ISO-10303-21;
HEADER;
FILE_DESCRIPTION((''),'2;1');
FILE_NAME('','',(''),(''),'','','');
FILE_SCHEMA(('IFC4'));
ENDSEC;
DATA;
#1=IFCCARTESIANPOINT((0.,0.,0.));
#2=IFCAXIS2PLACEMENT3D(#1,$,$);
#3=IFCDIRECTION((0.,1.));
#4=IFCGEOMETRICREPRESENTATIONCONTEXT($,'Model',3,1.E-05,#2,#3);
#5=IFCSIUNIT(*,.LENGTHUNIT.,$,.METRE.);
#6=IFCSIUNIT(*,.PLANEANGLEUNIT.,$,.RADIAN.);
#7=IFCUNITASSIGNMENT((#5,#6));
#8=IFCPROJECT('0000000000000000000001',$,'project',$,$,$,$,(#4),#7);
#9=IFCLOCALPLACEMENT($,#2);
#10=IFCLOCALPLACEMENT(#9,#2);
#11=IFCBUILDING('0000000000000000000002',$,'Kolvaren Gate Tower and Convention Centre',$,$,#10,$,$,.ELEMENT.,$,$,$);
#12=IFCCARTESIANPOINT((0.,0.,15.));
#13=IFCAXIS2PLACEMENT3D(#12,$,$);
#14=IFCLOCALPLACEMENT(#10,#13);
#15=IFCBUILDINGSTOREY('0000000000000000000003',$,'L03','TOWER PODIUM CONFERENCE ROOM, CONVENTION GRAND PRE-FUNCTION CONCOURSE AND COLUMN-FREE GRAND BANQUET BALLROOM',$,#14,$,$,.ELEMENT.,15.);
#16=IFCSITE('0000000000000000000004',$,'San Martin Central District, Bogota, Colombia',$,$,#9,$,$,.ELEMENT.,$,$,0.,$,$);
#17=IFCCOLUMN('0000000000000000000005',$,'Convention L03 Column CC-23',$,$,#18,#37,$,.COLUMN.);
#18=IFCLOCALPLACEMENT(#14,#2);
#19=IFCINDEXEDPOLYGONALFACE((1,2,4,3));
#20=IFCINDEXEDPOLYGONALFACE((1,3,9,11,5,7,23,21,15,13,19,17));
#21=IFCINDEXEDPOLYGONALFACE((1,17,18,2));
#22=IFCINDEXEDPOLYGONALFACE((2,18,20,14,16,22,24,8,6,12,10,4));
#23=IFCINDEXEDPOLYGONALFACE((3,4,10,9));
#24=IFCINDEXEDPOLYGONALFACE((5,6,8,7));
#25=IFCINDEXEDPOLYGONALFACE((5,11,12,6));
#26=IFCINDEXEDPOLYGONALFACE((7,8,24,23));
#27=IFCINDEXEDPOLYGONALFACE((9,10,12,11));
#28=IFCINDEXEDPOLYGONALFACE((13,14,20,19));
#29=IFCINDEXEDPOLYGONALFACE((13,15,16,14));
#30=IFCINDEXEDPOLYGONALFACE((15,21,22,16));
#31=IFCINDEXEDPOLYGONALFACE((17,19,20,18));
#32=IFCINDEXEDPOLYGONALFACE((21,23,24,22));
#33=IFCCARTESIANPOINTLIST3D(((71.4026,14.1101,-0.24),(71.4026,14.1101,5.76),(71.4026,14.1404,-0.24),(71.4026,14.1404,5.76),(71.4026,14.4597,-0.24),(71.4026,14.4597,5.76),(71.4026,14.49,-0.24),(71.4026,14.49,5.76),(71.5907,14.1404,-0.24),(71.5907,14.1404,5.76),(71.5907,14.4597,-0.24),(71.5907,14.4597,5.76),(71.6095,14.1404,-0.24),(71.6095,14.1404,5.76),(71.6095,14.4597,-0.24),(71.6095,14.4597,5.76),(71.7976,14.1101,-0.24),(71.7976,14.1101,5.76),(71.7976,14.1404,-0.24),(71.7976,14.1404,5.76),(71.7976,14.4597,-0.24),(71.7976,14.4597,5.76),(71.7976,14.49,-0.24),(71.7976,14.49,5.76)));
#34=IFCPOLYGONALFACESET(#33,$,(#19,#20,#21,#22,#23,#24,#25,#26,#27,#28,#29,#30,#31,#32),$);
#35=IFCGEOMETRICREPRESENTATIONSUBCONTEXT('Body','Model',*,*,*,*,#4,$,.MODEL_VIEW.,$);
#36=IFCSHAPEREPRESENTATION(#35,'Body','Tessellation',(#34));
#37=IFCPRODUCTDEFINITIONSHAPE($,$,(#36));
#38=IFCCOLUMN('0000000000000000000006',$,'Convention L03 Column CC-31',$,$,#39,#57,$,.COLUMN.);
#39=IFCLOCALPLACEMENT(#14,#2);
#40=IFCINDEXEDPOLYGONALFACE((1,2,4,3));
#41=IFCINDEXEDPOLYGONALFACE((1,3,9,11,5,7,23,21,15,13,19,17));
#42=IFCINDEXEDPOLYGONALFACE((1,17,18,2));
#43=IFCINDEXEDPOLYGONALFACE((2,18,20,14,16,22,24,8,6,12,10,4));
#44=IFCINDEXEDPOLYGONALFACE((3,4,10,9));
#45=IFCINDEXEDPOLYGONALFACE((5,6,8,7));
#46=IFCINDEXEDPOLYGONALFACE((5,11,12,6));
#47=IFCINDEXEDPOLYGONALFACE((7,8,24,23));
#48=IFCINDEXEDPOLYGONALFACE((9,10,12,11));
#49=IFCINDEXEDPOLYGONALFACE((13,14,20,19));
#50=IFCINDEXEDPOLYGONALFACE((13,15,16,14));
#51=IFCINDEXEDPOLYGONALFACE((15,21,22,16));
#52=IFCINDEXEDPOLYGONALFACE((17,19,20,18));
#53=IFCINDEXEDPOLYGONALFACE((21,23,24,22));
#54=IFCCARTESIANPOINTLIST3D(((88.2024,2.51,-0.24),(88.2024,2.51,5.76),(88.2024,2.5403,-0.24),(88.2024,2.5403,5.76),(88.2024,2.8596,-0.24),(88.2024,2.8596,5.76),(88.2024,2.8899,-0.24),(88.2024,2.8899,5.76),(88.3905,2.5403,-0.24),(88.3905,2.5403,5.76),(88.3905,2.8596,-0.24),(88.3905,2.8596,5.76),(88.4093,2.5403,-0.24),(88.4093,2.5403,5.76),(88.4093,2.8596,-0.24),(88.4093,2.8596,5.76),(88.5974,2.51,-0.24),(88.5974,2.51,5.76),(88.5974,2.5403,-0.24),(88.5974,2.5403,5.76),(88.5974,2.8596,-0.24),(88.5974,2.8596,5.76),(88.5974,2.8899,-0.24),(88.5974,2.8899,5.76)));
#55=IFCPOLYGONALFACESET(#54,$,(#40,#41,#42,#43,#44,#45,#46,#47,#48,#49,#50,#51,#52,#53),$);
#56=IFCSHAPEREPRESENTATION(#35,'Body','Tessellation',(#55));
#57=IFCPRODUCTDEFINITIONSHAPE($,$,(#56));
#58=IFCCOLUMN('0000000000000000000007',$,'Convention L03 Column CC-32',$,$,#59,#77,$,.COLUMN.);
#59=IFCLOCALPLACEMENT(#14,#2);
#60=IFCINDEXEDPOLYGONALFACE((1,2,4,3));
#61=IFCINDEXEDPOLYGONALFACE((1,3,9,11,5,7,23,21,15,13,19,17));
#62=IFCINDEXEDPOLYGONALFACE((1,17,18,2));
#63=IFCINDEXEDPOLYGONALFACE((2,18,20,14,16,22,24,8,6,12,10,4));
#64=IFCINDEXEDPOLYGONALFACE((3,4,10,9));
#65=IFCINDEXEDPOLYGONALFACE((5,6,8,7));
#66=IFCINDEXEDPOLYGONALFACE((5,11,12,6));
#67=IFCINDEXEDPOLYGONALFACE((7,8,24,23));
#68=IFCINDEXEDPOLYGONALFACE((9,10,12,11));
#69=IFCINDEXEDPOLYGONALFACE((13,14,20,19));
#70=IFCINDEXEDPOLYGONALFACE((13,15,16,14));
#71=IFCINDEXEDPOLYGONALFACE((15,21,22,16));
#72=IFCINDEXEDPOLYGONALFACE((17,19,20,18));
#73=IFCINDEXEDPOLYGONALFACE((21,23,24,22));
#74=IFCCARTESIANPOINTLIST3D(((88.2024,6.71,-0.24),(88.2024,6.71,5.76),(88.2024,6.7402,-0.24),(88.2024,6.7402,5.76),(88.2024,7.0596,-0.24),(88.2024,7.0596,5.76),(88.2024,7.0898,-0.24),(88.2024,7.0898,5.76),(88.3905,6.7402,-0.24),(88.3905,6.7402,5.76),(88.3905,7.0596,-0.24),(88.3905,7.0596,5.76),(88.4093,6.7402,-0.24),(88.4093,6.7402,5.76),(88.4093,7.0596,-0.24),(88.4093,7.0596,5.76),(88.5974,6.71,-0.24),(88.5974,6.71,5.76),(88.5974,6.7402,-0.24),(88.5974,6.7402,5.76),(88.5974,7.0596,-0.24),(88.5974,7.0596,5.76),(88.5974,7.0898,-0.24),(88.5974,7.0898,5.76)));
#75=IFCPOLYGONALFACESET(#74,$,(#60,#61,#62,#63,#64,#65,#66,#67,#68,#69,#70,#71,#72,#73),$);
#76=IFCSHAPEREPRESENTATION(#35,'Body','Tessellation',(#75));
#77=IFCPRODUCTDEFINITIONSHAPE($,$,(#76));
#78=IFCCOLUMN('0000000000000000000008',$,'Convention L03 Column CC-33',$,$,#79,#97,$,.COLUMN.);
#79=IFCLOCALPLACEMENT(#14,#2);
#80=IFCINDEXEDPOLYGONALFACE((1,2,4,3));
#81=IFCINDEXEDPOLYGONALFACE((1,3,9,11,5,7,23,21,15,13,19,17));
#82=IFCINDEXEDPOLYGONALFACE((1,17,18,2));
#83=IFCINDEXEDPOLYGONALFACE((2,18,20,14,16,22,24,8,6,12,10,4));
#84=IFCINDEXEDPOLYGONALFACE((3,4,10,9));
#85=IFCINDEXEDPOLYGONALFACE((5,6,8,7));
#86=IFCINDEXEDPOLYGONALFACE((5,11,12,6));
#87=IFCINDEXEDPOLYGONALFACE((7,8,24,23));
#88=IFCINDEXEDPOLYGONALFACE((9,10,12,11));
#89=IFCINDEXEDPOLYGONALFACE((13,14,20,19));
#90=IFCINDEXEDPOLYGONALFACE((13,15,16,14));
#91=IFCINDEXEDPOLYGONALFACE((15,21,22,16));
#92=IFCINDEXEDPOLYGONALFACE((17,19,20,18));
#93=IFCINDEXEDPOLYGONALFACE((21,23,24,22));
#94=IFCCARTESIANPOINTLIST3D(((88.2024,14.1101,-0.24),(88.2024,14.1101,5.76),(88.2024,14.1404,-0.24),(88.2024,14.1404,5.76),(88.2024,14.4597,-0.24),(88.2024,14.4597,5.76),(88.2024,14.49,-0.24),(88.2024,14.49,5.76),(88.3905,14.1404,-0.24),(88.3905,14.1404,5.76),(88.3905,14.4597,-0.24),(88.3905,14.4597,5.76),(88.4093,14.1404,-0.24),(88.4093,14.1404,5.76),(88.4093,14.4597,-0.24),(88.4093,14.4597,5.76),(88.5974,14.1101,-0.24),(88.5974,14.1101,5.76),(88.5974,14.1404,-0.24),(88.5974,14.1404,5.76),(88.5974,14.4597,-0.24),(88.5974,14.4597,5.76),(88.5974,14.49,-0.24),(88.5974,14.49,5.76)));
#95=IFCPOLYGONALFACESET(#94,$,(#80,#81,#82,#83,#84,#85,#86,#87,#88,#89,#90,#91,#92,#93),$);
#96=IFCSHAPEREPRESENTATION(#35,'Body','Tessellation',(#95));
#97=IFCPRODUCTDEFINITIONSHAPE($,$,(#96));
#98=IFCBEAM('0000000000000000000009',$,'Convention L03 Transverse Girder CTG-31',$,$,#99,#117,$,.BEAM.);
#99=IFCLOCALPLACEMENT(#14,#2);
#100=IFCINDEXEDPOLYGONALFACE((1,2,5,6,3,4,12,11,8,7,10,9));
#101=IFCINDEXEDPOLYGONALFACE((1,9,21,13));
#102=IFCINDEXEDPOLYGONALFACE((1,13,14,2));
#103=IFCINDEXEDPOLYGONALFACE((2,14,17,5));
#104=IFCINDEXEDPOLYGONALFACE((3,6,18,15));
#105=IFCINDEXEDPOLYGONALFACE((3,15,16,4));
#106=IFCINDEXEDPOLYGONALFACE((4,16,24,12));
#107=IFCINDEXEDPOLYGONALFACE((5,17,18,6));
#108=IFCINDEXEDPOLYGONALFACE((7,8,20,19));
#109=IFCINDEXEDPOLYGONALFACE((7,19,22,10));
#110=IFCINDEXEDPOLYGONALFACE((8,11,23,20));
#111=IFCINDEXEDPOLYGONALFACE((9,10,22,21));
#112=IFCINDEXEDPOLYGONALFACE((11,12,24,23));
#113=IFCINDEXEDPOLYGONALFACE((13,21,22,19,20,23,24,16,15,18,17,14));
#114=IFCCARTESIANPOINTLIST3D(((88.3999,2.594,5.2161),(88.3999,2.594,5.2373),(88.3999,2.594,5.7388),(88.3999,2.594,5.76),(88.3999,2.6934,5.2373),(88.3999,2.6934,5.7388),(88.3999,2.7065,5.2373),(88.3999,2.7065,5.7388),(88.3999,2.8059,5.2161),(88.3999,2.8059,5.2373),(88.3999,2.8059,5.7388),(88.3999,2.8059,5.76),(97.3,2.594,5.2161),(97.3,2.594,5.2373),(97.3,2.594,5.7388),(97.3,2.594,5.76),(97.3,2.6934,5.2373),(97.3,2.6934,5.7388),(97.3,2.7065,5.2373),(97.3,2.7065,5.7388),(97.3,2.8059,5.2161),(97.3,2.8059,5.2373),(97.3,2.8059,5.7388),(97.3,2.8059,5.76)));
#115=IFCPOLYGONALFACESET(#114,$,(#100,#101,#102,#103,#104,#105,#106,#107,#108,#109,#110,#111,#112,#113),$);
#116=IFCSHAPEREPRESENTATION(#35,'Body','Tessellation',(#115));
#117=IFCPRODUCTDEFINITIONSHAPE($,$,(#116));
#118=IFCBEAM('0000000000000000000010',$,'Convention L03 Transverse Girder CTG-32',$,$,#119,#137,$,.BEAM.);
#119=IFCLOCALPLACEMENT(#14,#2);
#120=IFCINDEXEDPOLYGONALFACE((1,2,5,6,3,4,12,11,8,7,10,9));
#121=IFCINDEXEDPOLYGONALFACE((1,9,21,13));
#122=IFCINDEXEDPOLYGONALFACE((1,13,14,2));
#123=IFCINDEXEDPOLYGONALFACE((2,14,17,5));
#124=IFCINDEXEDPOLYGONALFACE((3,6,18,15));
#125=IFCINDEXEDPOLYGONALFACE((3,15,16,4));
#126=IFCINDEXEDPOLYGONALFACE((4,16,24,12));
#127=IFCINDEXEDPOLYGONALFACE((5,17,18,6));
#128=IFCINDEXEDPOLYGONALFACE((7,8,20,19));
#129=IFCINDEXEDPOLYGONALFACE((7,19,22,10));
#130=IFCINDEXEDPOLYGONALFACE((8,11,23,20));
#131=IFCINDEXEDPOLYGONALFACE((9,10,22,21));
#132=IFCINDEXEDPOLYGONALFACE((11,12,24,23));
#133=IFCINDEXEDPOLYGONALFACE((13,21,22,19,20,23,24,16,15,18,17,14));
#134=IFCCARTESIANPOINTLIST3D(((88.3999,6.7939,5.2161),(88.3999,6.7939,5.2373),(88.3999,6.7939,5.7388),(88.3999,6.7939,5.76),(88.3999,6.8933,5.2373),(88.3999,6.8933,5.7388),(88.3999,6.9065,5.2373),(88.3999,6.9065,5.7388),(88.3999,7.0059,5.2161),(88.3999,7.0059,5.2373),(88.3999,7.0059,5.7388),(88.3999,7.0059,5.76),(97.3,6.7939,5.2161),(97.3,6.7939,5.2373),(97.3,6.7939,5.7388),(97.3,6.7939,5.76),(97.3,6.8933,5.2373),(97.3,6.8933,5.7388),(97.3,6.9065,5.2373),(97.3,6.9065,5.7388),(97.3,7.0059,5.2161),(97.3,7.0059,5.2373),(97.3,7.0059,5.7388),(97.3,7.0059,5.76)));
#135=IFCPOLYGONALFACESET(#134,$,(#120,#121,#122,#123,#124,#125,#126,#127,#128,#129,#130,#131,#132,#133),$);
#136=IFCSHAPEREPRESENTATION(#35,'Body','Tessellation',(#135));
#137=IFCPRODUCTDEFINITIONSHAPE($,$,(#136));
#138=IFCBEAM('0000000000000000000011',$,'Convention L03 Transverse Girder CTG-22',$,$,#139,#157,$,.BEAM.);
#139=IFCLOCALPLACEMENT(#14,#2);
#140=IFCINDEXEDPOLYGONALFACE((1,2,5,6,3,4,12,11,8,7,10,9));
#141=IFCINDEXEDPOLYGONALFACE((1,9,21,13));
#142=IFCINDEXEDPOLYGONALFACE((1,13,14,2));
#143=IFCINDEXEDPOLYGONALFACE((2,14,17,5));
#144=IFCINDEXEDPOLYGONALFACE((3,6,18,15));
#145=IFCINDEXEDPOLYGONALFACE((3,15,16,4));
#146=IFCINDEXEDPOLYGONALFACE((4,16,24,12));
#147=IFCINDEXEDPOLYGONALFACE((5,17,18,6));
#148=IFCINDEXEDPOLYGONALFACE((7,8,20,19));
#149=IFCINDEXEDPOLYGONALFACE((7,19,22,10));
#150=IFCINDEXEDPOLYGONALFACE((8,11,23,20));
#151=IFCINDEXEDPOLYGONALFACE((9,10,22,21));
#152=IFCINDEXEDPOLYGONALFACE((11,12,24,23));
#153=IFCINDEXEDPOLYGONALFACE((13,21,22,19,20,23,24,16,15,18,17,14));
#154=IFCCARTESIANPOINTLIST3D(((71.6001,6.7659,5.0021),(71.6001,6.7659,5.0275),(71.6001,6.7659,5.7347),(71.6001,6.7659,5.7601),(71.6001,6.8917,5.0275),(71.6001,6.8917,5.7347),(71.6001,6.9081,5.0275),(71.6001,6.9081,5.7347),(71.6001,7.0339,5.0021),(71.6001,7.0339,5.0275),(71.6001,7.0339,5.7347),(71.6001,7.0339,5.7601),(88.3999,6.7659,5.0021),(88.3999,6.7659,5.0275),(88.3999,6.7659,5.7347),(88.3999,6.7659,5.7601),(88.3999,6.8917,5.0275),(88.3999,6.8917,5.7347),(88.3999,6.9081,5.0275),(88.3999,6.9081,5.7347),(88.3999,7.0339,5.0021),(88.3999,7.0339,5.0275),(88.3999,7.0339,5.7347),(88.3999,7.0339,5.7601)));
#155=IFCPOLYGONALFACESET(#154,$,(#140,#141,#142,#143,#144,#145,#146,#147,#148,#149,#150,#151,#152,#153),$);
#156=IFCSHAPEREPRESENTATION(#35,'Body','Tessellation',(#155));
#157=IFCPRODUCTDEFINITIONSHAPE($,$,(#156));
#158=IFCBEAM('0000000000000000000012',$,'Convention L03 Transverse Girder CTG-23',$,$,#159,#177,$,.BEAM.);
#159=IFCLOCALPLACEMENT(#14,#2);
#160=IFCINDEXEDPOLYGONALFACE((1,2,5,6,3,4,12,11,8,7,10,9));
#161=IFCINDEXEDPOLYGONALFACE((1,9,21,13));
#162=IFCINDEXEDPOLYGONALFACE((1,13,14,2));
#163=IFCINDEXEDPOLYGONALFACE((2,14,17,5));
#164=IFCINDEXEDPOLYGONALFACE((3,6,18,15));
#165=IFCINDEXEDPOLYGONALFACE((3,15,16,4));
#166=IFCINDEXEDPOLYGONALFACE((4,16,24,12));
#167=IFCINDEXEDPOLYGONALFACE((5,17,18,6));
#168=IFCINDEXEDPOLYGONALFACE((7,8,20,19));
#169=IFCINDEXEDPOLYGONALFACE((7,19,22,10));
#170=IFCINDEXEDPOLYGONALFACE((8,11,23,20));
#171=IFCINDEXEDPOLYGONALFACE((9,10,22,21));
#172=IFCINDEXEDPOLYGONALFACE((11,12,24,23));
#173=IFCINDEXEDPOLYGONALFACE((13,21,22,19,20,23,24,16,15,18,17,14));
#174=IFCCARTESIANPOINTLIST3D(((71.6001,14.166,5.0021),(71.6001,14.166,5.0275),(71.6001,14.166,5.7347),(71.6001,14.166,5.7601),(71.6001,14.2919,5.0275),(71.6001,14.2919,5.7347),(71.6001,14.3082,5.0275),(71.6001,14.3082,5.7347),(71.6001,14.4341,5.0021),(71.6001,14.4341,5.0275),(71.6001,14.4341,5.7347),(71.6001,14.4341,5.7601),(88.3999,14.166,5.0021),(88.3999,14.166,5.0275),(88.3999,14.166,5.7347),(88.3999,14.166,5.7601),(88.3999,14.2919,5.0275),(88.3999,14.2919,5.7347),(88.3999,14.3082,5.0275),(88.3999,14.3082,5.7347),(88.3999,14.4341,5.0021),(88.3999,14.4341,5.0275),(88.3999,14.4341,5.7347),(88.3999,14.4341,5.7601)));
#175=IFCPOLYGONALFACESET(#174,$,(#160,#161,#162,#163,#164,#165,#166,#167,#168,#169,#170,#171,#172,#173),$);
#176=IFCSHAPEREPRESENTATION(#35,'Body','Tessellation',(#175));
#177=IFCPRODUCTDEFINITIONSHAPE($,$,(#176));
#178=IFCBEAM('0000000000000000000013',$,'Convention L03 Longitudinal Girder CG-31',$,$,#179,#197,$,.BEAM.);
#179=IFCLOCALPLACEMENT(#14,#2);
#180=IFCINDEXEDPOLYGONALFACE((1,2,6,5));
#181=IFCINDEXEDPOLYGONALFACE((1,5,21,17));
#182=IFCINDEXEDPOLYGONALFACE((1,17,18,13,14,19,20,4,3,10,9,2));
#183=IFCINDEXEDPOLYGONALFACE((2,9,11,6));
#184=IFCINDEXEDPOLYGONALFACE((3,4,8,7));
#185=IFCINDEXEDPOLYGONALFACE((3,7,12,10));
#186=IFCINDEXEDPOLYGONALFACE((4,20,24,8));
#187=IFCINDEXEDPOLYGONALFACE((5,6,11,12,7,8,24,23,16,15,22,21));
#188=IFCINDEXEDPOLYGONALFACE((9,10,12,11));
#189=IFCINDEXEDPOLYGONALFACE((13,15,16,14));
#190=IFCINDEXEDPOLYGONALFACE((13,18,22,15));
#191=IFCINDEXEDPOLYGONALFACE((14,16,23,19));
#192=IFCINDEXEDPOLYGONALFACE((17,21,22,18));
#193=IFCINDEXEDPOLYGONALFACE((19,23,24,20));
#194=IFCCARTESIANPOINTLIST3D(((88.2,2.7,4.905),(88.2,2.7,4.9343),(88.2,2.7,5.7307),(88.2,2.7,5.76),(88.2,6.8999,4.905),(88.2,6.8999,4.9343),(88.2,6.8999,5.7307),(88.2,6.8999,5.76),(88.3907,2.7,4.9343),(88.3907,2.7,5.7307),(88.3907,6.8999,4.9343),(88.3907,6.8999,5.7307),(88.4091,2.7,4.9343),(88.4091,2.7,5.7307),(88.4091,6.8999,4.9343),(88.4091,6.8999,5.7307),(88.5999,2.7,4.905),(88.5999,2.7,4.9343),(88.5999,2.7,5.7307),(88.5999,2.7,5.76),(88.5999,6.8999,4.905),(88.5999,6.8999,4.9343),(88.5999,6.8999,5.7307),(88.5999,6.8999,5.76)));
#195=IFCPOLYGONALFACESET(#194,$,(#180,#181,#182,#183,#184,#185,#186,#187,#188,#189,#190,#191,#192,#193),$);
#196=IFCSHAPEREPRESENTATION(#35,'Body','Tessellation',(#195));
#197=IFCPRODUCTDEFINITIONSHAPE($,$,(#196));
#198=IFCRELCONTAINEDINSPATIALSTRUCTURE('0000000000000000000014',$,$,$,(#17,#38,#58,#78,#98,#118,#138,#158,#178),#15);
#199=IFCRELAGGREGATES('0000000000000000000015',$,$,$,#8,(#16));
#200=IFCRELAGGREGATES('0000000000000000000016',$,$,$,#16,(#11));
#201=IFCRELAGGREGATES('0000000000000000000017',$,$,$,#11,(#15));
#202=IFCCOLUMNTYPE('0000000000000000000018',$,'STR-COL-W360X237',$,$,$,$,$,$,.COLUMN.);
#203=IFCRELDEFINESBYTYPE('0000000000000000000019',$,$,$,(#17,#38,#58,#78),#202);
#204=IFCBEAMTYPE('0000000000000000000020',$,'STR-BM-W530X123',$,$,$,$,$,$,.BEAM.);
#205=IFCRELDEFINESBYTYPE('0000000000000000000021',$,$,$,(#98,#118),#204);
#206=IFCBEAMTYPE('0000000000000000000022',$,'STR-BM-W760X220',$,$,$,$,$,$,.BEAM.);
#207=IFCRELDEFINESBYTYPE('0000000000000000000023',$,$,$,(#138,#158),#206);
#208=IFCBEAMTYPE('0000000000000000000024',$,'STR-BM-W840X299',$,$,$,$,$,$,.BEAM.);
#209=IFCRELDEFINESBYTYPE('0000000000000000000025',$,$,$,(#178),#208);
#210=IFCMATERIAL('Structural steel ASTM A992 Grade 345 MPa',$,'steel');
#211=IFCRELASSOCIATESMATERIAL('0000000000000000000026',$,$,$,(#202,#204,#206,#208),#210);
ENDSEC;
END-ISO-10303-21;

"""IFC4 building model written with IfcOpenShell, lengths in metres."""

from ifc_helpers import new_model, si_unit, direction, frame, origin, origin_2d, place, context, subcontext, project, spatial, i_section, extrude, material, material_profile, profile_set, type_object, element, save


model = new_model("IFC4")

# Units and contexts
model_context = context("Model", 3, precision=1e-05, world=origin(), true_north=direction((0.0, 1.0)))
body_context = subcontext(model_context, "Body", "Model", "MODEL_VIEW")
ifc_project = project(units=[si_unit("LENGTHUNIT", "METRE"), si_unit("PLANEANGLEUNIT", "RADIAN")], contexts=[model_context])

# Site, building, storey
site_placement = place(None, origin())
site = spatial("IfcSite", under=ifc_project, at=site_placement, Name="San Martin Central District, Bogota, Colombia", CompositionType="ELEMENT", RefElevation=0.0)
building_placement = place(site_placement, origin())
building = spatial("IfcBuilding", under=site, at=building_placement, Name="Kolvaren Gate Tower and Convention Centre", CompositionType="ELEMENT")
storey_placement = place(building_placement, frame((0.0, 0.0, 15.0)))
storey = spatial("IfcBuildingStorey", under=building, at=storey_placement, Name="L03", Description="TOWER PODIUM CONFERENCE ROOM, CONVENTION GRAND PRE-FUNCTION CONCOURSE AND COLUMN-FREE GRAND BANQUET BALLROOM", CompositionType="ELEMENT", Elevation=15.0)

# Columns
ifc_material_1 = material(Name="Structural steel ASTM A992 Grade 345 MPa", Category="steel")
ifc_material_profile_1 = material_profile(ifc_material_1, i_section(OverallWidth=0.395, OverallDepth=0.3799, WebThickness=0.0188, FlangeThickness=0.0303, at=origin_2d()), Name="W360X237")
ifc_profile_set_1 = profile_set([ifc_material_profile_1], Name="Structural steel ASTM A992 Grade 345 MPa")
column_type = type_object("IfcColumnType", Name="STR-COL-W360X237", PredefinedType="COLUMN", material=ifc_profile_set_1)
for number, where, z_axis, x_axis, name in (
    (1, (71.6001, 14.3, -0.24), (0.0, 0.0, 1.0), (1.0, 0.0, 0.0), "Convention L03 Column CC-23"),
    (2, (88.3999, 2.7, -0.24), (0.0, 0.0, 1.0), (1.0, 0.0, 0.0), "Convention L03 Column CC-31"),
    (3, (88.3999, 6.8999, -0.24), (0.0, 0.0, 1.0), (1.0, 0.0, 0.0), "Convention L03 Column CC-32"),
    (4, (88.3999, 14.3, -0.24), (0.0, 0.0, 1.0), (1.0, 0.0, 0.0), "Convention L03 Column CC-33"),
):
    element("IfcColumn", number, at=place(storey_placement, frame(where, z_axis=z_axis, x_axis=x_axis)), inside=storey, type_object=column_type, Name=name, PredefinedType="COLUMN", context=body_context, shape_type="SweptSolid", body=[
        extrude(i_section(OverallWidth=0.395, OverallDepth=0.3799, WebThickness=0.0188, FlangeThickness=0.0303, at=origin_2d()), origin(), (0.0, 0.0, 1.0), 6.0),
    ])

# Beams
ifc_material_profile_2 = material_profile(ifc_material_1, i_section(OverallWidth=0.2119, OverallDepth=0.5439, WebThickness=0.0132, FlangeThickness=0.0212, at=origin_2d()), Name="W530X123")
ifc_profile_set_2 = profile_set([ifc_material_profile_2], Name="Structural steel ASTM A992 Grade 345 MPa")
beam_type_1 = type_object("IfcBeamType", Name="STR-BM-W530X123", PredefinedType="BEAM", material=ifc_profile_set_2)
for number, where, z_axis, x_axis, name in (
    (5, (88.3999, 2.7, 5.488), (1.0, 0.0, 0.0), (0.0, 1.0, 0.0), "Convention L03 Transverse Girder CTG-31"),
    (6, (88.3999, 6.8999, 5.488), (1.0, 0.0, 0.0), (0.0, 1.0, 0.0), "Convention L03 Transverse Girder CTG-32"),
):
    element("IfcBeam", number, at=place(storey_placement, frame(where, z_axis=z_axis, x_axis=x_axis)), inside=storey, type_object=beam_type_1, Name=name, PredefinedType="BEAM", context=body_context, shape_type="SweptSolid", body=[
        extrude(i_section(OverallWidth=0.2119, OverallDepth=0.5439, WebThickness=0.0132, FlangeThickness=0.0212, at=origin_2d()), origin(), (0.0, 0.0, 1.0), 8.9001),
    ])
ifc_material_profile_3 = material_profile(ifc_material_1, i_section(OverallWidth=0.2681, OverallDepth=0.7581, WebThickness=0.0164, FlangeThickness=0.0254, at=origin_2d()), Name="W760X220")
ifc_profile_set_3 = profile_set([ifc_material_profile_3], Name="Structural steel ASTM A992 Grade 345 MPa")
beam_type_2 = type_object("IfcBeamType", Name="STR-BM-W760X220", PredefinedType="BEAM", material=ifc_profile_set_3)
for number, where, z_axis, x_axis, name in (
    (7, (71.6001, 6.8999, 5.3811), (1.0, 0.0, 0.0), (0.0, 1.0, 0.0), "Convention L03 Transverse Girder CTG-22"),
    (8, (71.6001, 14.3, 5.3811), (1.0, 0.0, 0.0), (0.0, 1.0, 0.0), "Convention L03 Transverse Girder CTG-23"),
):
    element("IfcBeam", number, at=place(storey_placement, frame(where, z_axis=z_axis, x_axis=x_axis)), inside=storey, type_object=beam_type_2, Name=name, PredefinedType="BEAM", context=body_context, shape_type="SweptSolid", body=[
        extrude(i_section(OverallWidth=0.2681, OverallDepth=0.7581, WebThickness=0.0164, FlangeThickness=0.0254, at=origin_2d()), origin(), (0.0, 0.0, 1.0), 16.7998),
    ])
ifc_material_profile_4 = material_profile(ifc_material_1, i_section(OverallWidth=0.3999, OverallDepth=0.855, WebThickness=0.0183, FlangeThickness=0.0293, at=origin_2d()), Name="W840X299")
ifc_profile_set_4 = profile_set([ifc_material_profile_4], Name="Structural steel ASTM A992 Grade 345 MPa")
beam_type_3 = type_object("IfcBeamType", Name="STR-BM-W840X299", PredefinedType="BEAM", material=ifc_profile_set_4)
beam_1_placement = place(storey_placement, frame((88.3999, 2.7, 5.3325), z_axis=(0.0, 1.0, 0.0), x_axis=(-1.0, 0.0, 0.0)))
element("IfcBeam", 9, at=beam_1_placement, inside=storey, type_object=beam_type_3, Name="Convention L03 Longitudinal Girder CG-31", PredefinedType="BEAM", context=body_context, shape_type="SweptSolid", body=[
    extrude(i_section(OverallWidth=0.3999, OverallDepth=0.855, WebThickness=0.0183, FlangeThickness=0.0293, at=origin_2d()), origin(), (0.0, 0.0, 1.0), 4.2),
])

save(model, "model.ifc")
